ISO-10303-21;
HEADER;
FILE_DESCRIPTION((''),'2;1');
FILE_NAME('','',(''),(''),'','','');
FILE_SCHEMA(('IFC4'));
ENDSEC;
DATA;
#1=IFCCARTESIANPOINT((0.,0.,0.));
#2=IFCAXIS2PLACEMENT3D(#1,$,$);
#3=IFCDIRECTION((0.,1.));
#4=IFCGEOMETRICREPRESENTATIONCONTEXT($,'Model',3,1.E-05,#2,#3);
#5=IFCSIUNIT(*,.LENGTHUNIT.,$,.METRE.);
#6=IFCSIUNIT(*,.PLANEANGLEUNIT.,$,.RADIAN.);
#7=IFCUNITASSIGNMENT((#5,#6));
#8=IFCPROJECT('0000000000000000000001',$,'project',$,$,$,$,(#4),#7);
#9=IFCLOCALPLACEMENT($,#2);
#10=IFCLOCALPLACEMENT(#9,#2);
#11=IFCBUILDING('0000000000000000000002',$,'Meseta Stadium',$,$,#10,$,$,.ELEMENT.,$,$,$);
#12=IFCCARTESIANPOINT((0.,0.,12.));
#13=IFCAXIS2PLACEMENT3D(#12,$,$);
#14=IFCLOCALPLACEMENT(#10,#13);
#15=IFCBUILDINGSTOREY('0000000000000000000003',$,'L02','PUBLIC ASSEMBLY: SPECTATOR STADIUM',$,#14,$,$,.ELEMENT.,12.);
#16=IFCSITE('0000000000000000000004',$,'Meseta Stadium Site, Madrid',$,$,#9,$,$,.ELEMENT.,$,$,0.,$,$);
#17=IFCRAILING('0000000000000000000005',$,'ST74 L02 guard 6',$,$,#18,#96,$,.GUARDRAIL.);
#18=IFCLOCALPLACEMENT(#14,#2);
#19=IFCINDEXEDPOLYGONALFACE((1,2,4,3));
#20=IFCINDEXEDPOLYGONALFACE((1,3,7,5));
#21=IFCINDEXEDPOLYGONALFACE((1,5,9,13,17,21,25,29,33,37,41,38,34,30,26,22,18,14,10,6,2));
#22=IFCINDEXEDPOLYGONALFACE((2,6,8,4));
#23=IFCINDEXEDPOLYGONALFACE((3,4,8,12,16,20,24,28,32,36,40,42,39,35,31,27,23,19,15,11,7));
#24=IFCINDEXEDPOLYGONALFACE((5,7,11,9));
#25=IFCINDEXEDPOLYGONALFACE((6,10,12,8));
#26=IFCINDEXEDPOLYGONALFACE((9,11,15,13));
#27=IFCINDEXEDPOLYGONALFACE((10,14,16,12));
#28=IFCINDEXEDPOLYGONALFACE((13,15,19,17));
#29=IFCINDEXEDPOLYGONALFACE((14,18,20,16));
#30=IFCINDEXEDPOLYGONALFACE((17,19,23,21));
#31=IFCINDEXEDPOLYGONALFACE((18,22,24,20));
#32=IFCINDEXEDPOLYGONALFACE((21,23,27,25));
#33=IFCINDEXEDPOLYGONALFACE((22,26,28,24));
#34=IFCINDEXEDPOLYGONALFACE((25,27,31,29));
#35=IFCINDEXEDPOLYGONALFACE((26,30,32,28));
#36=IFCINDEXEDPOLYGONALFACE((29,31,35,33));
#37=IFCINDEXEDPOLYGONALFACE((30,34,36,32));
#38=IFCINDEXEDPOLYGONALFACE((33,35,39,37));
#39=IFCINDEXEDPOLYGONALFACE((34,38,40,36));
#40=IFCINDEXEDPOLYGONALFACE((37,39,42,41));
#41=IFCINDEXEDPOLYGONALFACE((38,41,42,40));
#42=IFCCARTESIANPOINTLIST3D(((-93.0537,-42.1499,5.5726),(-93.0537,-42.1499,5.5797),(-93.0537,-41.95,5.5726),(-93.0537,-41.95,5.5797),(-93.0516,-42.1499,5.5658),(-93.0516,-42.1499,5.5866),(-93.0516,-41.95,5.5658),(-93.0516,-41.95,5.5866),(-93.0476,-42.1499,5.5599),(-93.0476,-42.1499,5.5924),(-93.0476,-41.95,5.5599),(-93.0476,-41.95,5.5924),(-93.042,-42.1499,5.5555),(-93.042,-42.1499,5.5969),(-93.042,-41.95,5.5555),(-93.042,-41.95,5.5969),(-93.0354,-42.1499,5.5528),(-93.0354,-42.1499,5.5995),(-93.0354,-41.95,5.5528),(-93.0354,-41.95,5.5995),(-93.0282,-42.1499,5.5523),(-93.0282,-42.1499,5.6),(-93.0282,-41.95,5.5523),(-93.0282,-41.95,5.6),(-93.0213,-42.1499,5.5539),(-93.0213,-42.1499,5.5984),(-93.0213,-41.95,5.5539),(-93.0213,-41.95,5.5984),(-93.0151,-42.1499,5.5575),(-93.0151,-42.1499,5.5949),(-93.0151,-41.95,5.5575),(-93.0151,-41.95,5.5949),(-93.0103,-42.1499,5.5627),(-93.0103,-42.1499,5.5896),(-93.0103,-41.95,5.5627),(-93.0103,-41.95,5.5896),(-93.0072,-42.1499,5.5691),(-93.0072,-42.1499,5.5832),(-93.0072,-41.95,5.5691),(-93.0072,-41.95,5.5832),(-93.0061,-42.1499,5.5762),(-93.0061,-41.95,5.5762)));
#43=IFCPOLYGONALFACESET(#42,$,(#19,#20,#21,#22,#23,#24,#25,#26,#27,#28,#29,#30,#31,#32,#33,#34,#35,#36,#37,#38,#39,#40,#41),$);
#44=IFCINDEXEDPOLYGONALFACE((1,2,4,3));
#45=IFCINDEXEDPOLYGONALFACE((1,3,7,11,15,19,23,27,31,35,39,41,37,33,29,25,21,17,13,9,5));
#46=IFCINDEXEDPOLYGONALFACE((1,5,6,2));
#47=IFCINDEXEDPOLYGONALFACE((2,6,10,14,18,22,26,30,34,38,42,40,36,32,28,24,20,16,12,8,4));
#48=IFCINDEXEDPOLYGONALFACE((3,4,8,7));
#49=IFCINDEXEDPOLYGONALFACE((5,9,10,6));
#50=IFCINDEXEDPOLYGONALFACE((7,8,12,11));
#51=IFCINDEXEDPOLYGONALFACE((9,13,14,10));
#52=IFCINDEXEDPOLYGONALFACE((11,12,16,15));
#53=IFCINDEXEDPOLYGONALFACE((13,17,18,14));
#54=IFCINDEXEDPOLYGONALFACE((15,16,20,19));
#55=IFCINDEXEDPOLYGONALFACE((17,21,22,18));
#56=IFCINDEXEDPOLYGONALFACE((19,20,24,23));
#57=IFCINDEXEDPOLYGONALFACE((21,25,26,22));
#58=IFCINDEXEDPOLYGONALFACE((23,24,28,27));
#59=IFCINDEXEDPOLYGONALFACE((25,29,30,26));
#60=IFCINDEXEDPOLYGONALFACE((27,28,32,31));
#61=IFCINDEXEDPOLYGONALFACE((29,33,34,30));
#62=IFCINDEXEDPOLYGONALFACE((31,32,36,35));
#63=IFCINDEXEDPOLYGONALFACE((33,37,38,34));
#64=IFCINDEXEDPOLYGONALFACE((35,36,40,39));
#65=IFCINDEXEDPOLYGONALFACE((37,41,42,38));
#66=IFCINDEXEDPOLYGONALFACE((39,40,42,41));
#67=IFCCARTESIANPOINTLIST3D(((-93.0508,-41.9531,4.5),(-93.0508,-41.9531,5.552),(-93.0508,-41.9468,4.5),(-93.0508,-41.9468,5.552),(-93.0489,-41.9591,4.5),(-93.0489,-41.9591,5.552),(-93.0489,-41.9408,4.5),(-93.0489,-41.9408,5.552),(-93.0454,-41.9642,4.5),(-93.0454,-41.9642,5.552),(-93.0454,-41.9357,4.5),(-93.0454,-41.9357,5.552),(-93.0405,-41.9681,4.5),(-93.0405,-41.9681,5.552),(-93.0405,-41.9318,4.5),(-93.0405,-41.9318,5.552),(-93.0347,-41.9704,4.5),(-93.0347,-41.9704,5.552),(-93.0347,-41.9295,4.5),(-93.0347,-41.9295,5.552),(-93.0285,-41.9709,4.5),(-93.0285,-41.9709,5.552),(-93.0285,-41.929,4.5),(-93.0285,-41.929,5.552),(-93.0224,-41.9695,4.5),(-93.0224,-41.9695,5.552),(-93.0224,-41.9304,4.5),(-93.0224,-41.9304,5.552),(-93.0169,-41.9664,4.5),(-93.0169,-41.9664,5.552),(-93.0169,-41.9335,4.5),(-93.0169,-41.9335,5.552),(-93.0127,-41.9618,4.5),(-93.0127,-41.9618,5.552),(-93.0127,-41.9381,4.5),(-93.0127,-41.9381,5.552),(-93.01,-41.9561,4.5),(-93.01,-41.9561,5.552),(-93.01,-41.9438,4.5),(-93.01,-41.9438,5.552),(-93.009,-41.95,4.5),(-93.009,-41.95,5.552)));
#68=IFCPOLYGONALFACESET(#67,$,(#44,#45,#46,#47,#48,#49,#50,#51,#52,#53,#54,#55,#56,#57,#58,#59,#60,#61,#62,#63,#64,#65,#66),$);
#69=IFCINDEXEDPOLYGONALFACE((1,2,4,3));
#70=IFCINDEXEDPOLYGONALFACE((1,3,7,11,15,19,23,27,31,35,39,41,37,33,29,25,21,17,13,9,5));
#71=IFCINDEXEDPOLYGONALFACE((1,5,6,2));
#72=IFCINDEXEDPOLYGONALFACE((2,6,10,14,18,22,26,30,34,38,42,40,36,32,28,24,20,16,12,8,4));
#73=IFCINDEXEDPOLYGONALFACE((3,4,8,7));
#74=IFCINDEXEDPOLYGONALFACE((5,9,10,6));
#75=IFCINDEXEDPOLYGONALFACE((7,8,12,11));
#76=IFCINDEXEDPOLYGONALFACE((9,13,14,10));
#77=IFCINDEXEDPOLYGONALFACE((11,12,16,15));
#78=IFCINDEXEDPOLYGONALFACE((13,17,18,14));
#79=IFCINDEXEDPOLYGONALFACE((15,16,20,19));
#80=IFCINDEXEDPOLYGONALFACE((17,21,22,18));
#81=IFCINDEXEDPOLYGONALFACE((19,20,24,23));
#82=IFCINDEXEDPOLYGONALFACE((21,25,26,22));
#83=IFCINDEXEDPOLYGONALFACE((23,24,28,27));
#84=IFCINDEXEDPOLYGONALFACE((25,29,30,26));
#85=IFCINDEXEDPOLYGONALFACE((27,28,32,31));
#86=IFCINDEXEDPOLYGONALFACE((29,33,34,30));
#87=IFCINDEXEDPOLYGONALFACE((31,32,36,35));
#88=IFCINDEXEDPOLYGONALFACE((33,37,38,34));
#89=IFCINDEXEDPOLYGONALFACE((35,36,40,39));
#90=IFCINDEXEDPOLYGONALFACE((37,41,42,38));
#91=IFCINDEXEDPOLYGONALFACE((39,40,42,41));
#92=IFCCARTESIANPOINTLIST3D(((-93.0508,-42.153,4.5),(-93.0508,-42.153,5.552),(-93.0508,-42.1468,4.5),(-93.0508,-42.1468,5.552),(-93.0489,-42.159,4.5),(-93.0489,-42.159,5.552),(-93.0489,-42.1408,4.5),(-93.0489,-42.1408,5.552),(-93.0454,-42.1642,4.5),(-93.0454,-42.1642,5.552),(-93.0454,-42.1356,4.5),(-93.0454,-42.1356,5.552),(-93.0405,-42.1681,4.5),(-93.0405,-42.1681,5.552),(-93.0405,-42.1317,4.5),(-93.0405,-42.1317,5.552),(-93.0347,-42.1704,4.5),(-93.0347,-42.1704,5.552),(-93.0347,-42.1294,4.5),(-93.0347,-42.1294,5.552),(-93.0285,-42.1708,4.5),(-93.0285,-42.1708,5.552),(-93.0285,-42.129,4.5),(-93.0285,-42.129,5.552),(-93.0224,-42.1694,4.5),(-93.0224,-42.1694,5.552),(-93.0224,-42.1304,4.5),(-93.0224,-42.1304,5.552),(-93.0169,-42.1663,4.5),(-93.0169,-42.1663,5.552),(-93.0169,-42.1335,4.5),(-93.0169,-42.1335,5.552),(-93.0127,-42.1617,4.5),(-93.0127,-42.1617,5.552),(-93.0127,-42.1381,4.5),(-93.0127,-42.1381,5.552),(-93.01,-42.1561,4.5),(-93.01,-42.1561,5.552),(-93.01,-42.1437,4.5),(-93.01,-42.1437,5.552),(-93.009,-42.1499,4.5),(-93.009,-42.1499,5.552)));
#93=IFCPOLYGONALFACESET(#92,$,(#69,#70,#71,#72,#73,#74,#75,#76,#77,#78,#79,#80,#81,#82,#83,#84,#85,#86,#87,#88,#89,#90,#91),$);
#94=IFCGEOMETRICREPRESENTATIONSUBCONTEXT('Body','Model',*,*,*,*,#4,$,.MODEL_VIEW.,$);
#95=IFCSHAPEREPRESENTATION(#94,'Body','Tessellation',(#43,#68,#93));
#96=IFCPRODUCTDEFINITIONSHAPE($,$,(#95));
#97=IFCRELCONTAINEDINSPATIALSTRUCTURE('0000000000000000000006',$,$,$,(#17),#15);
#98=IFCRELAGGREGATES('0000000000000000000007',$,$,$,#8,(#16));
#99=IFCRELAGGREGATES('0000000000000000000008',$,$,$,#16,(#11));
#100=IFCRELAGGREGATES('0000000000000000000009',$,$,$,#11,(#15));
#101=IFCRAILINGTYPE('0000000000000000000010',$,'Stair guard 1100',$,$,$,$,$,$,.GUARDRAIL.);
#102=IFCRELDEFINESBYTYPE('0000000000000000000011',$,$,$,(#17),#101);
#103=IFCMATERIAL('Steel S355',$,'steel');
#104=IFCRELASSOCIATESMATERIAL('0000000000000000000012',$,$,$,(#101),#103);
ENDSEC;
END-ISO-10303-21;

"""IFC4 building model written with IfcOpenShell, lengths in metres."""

from ifc_helpers import new_model, si_unit, direction, frame, origin, origin_2d, place, context, subcontext, project, spatial, circle, extrude, material, type_object, element, save


model = new_model("IFC4")

# Units and contexts
model_context = context("Model", 3, precision=1e-05, world=origin(), true_north=direction((0.0, 1.0)))
body_context = subcontext(model_context, "Body", "Model", "MODEL_VIEW")
ifc_project = project(units=[si_unit("LENGTHUNIT", "METRE"), si_unit("PLANEANGLEUNIT", "RADIAN")], contexts=[model_context])

# Site, building, storey
site_placement = place(None, origin())
site = spatial("IfcSite", under=ifc_project, at=site_placement, Name="Meseta Stadium Site, Madrid", CompositionType="ELEMENT", RefElevation=0.0)
building_placement = place(site_placement, origin())
building = spatial("IfcBuilding", under=site, at=building_placement, Name="Meseta Stadium", CompositionType="ELEMENT")
storey_placement = place(building_placement, frame((0.0, 0.0, 12.0)))
storey = spatial("IfcBuildingStorey", under=building, at=storey_placement, Name="L02", Description="PUBLIC ASSEMBLY: SPECTATOR STADIUM", CompositionType="ELEMENT", Elevation=12.0)

# Railing
ifc_material_1 = material(Name="Steel S355", Category="steel")
railing_type_1 = type_object("IfcRailingType", Name="Stair guard 1100", PredefinedType="GUARDRAIL", material=ifc_material_1)
railing_1_placement = place(storey_placement, frame((-93.03, -41.95, 4.5)))
element("IfcRailing", 1, at=railing_1_placement, inside=storey, type_object=railing_type_1, Name="ST74 L02 guard 6", PredefinedType="GUARDRAIL", context=body_context, shape_type="SweptSolid", body=[
    extrude(circle(Radius=0.0239, at=origin_2d()), frame((0.0, 0.0, 1.0762), z_axis=(0.0, -1.0, 0.0), x_axis=(1.0, 0.0, 0.0)), (0.0, 0.0, 1.0), 0.2),
    extrude(circle(Radius=0.021, at=origin_2d()), origin(), (0.0, 0.0, 1.0), 1.052),
    extrude(circle(Radius=0.021, at=origin_2d()), frame((0.0, -0.2, 0.0)), (0.0, 0.0, 1.0), 1.052),
])

save(model, "model.ifc")
